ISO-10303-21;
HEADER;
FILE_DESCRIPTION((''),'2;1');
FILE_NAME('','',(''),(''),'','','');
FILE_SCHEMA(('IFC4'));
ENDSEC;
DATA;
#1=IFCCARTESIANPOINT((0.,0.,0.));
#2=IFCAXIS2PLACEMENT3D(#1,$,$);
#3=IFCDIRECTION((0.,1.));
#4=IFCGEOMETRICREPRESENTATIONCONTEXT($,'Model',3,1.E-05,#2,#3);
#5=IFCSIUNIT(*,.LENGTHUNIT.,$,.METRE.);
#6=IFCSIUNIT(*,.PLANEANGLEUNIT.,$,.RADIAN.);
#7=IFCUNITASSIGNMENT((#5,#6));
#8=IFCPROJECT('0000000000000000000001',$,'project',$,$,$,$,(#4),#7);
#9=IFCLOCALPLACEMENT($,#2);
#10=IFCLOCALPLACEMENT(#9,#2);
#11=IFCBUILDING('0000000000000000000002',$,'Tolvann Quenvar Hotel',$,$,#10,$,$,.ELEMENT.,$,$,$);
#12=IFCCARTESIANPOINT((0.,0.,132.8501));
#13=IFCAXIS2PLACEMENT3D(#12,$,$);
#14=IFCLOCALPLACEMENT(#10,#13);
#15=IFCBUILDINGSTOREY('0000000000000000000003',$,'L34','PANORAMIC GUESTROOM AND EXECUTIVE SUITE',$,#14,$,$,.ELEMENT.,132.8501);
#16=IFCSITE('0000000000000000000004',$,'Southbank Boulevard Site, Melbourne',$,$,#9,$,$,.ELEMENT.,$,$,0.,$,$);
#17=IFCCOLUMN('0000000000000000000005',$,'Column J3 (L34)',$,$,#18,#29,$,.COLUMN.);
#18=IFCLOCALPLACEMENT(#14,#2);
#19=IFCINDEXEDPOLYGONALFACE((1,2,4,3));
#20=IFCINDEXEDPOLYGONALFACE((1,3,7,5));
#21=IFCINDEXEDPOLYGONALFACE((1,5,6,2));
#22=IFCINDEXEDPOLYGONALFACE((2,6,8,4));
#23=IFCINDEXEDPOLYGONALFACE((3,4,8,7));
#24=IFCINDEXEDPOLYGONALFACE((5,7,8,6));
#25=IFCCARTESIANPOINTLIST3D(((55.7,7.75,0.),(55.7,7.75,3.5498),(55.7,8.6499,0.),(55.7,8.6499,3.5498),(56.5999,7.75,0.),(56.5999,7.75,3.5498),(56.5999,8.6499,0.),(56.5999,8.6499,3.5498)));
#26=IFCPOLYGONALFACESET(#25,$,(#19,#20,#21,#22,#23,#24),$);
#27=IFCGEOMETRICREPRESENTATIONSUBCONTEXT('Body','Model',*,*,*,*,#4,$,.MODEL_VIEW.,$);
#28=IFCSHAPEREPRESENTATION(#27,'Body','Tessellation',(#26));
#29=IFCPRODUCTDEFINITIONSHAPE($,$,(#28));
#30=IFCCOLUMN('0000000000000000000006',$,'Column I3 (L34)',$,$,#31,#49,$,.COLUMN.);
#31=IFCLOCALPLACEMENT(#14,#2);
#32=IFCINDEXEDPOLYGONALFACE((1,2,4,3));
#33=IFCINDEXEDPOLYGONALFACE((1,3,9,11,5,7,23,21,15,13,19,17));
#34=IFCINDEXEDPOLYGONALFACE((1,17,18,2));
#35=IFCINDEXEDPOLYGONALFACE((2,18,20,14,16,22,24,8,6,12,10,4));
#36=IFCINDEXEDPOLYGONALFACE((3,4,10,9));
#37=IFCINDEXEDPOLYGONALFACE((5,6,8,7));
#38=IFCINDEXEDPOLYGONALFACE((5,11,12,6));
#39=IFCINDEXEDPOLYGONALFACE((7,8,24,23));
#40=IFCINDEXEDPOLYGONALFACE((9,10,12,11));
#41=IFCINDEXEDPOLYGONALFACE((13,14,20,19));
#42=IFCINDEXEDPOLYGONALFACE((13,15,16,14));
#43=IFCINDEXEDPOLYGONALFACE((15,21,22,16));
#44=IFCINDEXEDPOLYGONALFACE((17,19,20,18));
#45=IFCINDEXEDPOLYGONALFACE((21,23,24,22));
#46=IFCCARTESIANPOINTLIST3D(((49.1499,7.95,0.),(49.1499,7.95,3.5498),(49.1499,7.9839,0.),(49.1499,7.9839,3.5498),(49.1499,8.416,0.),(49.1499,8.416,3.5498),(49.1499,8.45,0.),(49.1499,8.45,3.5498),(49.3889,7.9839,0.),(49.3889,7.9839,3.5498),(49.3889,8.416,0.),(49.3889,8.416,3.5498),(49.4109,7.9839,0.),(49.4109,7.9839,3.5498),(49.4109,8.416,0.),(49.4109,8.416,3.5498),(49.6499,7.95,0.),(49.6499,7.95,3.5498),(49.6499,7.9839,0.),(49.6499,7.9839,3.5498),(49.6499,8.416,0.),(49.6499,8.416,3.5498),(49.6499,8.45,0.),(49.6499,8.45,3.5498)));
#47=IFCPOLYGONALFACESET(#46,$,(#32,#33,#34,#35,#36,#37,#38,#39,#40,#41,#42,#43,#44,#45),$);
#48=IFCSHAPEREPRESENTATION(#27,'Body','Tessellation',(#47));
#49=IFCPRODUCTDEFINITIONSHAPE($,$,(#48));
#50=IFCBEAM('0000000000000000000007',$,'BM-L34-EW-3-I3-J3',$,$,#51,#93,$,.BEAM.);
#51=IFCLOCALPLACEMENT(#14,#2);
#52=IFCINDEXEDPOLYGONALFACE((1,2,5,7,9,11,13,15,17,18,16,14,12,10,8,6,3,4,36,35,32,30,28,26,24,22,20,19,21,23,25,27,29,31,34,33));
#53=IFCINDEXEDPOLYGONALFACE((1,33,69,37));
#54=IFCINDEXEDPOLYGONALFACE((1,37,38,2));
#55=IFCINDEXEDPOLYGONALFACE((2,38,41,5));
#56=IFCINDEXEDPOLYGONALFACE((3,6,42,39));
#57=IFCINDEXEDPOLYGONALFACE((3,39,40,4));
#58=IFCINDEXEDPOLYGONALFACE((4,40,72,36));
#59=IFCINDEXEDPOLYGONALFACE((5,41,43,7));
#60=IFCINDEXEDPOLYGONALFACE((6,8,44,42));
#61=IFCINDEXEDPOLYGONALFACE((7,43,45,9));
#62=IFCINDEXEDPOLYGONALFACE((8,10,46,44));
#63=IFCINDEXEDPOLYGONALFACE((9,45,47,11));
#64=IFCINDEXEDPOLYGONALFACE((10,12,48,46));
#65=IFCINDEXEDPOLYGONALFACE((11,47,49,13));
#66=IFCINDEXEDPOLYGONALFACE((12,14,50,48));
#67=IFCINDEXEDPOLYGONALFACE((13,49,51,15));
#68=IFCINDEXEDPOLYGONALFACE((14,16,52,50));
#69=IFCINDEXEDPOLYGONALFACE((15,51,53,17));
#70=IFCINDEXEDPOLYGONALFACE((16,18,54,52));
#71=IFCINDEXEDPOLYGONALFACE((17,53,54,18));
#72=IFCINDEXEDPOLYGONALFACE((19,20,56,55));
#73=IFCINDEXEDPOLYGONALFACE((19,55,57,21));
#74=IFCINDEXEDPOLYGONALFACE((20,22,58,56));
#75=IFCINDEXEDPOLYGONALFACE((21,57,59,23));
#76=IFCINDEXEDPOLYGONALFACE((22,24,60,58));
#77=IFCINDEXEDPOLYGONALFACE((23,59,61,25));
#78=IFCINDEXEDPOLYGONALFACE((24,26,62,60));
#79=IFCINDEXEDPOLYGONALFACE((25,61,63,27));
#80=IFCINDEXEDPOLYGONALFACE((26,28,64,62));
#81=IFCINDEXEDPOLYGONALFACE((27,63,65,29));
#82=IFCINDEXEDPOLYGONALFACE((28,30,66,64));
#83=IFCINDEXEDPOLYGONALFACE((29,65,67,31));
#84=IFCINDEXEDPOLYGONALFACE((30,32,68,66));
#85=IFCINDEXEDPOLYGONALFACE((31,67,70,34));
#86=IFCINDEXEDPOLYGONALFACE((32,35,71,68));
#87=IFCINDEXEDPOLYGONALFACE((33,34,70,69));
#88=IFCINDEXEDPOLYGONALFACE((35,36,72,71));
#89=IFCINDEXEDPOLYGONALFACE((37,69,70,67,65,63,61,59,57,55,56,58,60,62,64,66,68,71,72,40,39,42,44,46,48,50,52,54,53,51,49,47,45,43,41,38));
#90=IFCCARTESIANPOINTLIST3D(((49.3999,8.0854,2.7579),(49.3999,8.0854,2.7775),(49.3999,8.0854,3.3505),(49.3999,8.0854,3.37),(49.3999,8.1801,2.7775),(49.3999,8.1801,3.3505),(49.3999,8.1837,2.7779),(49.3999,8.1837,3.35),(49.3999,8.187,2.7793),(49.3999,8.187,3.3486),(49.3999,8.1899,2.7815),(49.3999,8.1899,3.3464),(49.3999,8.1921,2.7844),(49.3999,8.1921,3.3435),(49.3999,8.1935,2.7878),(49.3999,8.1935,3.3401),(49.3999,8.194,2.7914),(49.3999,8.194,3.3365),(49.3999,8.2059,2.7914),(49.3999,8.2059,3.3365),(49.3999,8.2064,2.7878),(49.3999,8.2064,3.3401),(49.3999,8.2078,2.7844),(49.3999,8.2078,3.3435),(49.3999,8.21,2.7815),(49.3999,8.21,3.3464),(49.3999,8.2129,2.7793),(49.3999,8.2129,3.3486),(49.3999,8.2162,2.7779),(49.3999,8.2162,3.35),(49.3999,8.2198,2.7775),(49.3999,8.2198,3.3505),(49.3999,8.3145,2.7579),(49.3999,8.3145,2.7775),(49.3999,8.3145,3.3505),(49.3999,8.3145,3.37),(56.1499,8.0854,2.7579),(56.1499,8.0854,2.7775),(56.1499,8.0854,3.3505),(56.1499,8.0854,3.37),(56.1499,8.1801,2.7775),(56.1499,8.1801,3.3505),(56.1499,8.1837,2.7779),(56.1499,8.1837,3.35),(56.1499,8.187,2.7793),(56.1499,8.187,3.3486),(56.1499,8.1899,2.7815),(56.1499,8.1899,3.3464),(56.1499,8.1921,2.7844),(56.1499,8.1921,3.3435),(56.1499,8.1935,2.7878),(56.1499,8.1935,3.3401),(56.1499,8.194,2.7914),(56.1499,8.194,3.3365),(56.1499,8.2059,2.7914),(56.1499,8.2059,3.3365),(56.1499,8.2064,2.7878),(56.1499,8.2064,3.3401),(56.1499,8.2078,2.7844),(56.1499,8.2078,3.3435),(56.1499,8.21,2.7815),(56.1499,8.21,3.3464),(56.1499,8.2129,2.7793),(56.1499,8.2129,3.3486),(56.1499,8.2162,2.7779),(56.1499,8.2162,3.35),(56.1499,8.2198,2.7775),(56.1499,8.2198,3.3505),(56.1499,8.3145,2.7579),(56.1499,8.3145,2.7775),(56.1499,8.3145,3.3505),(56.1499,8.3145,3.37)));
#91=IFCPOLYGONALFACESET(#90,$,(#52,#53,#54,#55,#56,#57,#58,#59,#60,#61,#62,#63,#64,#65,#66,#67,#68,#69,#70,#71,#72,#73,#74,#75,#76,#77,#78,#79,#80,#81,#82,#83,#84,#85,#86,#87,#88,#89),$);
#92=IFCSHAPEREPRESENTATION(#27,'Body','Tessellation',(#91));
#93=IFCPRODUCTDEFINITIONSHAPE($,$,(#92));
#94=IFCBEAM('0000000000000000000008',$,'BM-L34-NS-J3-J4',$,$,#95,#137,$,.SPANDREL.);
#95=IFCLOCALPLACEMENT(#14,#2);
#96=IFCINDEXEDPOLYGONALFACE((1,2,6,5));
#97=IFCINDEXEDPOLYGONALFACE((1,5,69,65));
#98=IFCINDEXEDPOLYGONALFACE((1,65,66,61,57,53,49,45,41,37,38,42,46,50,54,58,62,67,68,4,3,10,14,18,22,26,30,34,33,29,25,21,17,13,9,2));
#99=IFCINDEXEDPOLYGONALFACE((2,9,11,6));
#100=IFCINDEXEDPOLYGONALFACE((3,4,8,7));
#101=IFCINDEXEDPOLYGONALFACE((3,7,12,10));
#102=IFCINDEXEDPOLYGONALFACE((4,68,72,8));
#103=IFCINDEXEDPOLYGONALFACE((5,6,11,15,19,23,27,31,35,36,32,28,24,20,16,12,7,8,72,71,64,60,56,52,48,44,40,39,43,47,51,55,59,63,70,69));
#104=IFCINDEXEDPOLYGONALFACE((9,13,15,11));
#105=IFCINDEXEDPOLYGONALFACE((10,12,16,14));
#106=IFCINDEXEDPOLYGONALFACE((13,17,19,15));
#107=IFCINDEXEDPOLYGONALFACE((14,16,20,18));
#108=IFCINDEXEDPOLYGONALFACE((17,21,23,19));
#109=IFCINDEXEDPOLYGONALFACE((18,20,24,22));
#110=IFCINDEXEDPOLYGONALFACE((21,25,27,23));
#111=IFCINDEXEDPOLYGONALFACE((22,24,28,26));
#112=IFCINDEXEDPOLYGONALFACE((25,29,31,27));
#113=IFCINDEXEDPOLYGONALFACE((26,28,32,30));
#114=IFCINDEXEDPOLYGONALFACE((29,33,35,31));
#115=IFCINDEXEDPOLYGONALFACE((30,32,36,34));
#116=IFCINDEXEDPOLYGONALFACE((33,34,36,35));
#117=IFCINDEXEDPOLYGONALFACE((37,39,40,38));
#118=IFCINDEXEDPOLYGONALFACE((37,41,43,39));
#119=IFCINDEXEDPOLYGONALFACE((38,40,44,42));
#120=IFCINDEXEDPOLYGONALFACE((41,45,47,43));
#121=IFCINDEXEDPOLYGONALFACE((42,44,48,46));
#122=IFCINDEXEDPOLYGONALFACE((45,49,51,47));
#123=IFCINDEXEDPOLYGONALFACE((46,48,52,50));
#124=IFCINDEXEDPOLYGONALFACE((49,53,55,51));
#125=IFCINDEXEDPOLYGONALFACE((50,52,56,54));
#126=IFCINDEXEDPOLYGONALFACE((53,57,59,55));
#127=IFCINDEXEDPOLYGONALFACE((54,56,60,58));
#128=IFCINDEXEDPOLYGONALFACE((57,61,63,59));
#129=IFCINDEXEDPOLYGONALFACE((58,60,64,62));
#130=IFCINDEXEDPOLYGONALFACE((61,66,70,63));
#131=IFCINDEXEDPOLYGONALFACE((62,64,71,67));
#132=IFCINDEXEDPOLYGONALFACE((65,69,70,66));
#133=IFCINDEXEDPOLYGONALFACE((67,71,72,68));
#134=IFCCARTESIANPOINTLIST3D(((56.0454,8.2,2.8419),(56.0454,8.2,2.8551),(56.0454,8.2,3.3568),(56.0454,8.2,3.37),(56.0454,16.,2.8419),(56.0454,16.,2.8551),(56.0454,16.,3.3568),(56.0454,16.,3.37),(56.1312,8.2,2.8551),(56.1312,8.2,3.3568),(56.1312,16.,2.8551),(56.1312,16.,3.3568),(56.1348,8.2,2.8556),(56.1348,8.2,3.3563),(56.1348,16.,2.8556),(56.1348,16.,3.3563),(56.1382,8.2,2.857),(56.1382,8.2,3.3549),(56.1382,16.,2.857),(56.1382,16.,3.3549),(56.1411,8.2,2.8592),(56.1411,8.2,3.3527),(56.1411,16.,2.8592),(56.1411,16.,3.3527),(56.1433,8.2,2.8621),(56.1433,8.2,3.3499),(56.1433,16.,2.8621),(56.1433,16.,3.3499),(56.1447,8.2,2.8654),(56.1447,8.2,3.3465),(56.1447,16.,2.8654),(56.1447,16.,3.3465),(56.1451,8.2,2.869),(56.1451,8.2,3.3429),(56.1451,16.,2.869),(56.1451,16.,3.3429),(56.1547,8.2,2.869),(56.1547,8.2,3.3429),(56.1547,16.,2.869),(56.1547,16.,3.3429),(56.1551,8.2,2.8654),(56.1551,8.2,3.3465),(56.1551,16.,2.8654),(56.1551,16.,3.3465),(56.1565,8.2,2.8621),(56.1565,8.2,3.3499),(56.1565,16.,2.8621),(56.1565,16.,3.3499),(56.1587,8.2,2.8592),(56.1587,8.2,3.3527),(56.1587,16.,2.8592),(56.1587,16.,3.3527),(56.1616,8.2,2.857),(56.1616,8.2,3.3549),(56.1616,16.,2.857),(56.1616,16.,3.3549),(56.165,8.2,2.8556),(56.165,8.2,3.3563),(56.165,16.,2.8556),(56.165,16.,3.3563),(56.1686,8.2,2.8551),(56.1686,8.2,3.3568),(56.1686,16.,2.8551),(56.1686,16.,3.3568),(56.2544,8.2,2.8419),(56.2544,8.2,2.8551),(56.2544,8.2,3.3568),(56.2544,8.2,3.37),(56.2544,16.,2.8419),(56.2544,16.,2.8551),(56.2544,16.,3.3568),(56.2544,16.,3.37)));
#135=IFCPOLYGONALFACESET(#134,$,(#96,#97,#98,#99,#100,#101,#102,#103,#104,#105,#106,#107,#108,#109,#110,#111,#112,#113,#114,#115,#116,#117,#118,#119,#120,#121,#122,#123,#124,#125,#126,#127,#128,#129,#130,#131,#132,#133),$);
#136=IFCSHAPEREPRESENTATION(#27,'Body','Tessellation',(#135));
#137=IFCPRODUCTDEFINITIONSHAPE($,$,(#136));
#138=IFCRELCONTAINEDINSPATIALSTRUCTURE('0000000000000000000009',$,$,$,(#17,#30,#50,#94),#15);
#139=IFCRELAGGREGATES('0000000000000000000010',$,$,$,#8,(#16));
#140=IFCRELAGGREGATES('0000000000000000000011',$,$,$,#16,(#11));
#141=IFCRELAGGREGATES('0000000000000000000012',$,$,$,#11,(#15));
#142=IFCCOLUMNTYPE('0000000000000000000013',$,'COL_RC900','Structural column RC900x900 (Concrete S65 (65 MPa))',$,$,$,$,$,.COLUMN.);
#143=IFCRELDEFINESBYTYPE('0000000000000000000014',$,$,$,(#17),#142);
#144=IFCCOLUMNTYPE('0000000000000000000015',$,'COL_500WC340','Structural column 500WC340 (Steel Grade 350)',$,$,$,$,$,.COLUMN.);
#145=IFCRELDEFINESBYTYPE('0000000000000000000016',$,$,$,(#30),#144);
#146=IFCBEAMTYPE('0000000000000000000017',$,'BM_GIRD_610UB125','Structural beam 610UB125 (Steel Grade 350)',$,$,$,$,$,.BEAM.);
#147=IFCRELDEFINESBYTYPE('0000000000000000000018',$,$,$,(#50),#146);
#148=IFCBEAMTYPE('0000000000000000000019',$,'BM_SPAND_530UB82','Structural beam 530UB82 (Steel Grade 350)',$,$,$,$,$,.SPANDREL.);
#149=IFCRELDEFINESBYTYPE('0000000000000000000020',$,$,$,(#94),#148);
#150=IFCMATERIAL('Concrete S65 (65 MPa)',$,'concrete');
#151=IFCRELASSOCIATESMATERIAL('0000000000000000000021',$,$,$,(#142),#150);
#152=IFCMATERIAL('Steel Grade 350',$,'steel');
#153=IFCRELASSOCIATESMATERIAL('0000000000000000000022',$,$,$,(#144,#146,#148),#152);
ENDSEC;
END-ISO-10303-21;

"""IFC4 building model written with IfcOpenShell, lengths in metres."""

from ifc_helpers import new_model, si_unit, direction, frame, origin, origin_2d, place, context, subcontext, project, spatial, rectangle, i_section, extrude, source, transform, mapped, material, material_profile, profile_set, type_object, type_shapes, element, save


model = new_model("IFC4")

# Units and contexts
model_context = context("Model", 3, precision=1e-05, world=origin(), true_north=direction((0.0, 1.0)))
body_context = subcontext(model_context, "Body", "Model", "MODEL_VIEW")
ifc_project = project(units=[si_unit("LENGTHUNIT", "METRE"), si_unit("PLANEANGLEUNIT", "RADIAN")], contexts=[model_context])

# Site, building, storey
site_placement = place(None, origin())
site = spatial("IfcSite", under=ifc_project, at=site_placement, Name="Southbank Boulevard Site, Melbourne", CompositionType="ELEMENT", RefElevation=0.0)
building_placement = place(site_placement, origin())
building = spatial("IfcBuilding", under=site, at=building_placement, Name="Tolvann Quenvar Hotel", CompositionType="ELEMENT")
storey_placement = place(building_placement, frame((0.0, 0.0, 132.8501)))
storey = spatial("IfcBuildingStorey", under=building, at=storey_placement, Name="L34", Description="PANORAMIC GUESTROOM AND EXECUTIVE SUITE", CompositionType="ELEMENT", Elevation=132.8501)

# Columns
ifc_material_1 = material(Name="Concrete S65 (65 MPa)", Category="concrete")
ifc_material_profile_1 = material_profile(ifc_material_1, rectangle(XDim=0.8999, YDim=0.8999, at=origin_2d()), Name="RC900x900")
ifc_profile_set_1 = profile_set([ifc_material_profile_1], Name="Concrete S65 (65 MPa)")
column_type_1 = type_object("IfcColumnType", Name="COL_RC900", Description="Structural column RC900x900 (Concrete S65 (65 MPa))", PredefinedType="COLUMN", material=ifc_profile_set_1)
shared_shape_1 = source(origin(), body_context, "Body", "SweptSolid", [
    extrude(rectangle(XDim=0.8999, YDim=0.8999, at=origin_2d()), origin(), (0.0, 0.0, 1.0), 3.5498),
])
type_shapes(column_type_1, [shared_shape_1])
column_1_placement = place(storey_placement, frame((56.1499, 8.2, 0.0), z_axis=(0.0, 0.0, 1.0), x_axis=(1.0, 0.0, 0.0)))
element("IfcColumn", 1, at=column_1_placement, inside=storey, type_object=column_type_1, Name="Column J3 (L34)", PredefinedType="COLUMN", context=body_context, shape_type="MappedRepresentation", body=[
    mapped(shared_shape_1, transform((0.0, 0.0, 0.0), x_axis=(1.0, 0.0, 0.0), y_axis=(0.0, 1.0, 0.0), z_axis=(0.0, 0.0, 1.0), scale=1.0)),
])
ifc_material_2 = material(Name="Steel Grade 350", Category="steel")
ifc_material_profile_2 = material_profile(ifc_material_2, i_section(OverallWidth=0.5, OverallDepth=0.5, WebThickness=0.022, FlangeThickness=0.0339, at=origin_2d()), Name="500WC340")
ifc_profile_set_2 = profile_set([ifc_material_profile_2], Name="Steel Grade 350")
column_type_2 = type_object("IfcColumnType", Name="COL_500WC340", Description="Structural column 500WC340 (Steel Grade 350)", PredefinedType="COLUMN", material=ifc_profile_set_2)
shared_shape_2 = source(origin(), body_context, "Body", "SweptSolid", [
    extrude(i_section(OverallWidth=0.5, OverallDepth=0.5, WebThickness=0.022, FlangeThickness=0.0339, at=origin_2d()), origin(), (0.0, 0.0, 1.0), 3.5498),
])
type_shapes(column_type_2, [shared_shape_2])
column_2_placement = place(storey_placement, frame((49.3999, 8.2, 0.0), z_axis=(0.0, 0.0, 1.0), x_axis=(1.0, 0.0, 0.0)))
element("IfcColumn", 2, at=column_2_placement, inside=storey, type_object=column_type_2, Name="Column I3 (L34)", PredefinedType="COLUMN", context=body_context, shape_type="MappedRepresentation", body=[
    mapped(shared_shape_2, transform((0.0, 0.0, 0.0), x_axis=(1.0, 0.0, 0.0), y_axis=(0.0, 1.0, 0.0), z_axis=(0.0, 0.0, 1.0), scale=1.0)),
])

# Beams
ifc_material_profile_3 = material_profile(ifc_material_2, i_section(OverallWidth=0.229, OverallDepth=0.6121, WebThickness=0.012, FlangeThickness=0.0195, FilletRadius=0.0139, at=origin_2d()), Name="610UB125")
ifc_profile_set_3 = profile_set([ifc_material_profile_3], Name="Steel Grade 350")
beam_type_1 = type_object("IfcBeamType", Name="BM_GIRD_610UB125", Description="Structural beam 610UB125 (Steel Grade 350)", PredefinedType="BEAM", material=ifc_profile_set_3)
shared_shape_3 = source(origin(), body_context, "Body", "SweptSolid", [
    extrude(i_section(OverallWidth=0.229, OverallDepth=0.6121, WebThickness=0.012, FlangeThickness=0.0195, FilletRadius=0.0139, at=origin_2d()), origin(), (0.0, 0.0, 1.0), 6.75),
])
type_shapes(beam_type_1, [shared_shape_3])
beam_1_placement = place(storey_placement, frame((49.3999, 8.2, 3.064), z_axis=(1.0, 0.0, 0.0), x_axis=(0.0, 1.0, 0.0)))
element("IfcBeam", 3, at=beam_1_placement, inside=storey, type_object=beam_type_1, Name="BM-L34-EW-3-I3-J3", PredefinedType="BEAM", context=body_context, shape_type="MappedRepresentation", body=[
    mapped(shared_shape_3, transform((0.0, 0.0, 0.0), x_axis=(1.0, 0.0, 0.0), y_axis=(0.0, 1.0, 0.0), z_axis=(0.0, 0.0, 1.0), scale=1.0)),
])
ifc_material_profile_4 = material_profile(ifc_material_2, i_section(OverallWidth=0.209, OverallDepth=0.5281, WebThickness=0.0095, FlangeThickness=0.0132, FilletRadius=0.0139, at=origin_2d()), Name="530UB82")
ifc_profile_set_4 = profile_set([ifc_material_profile_4], Name="Steel Grade 350")
beam_type_2 = type_object("IfcBeamType", Name="BM_SPAND_530UB82", Description="Structural beam 530UB82 (Steel Grade 350)", PredefinedType="SPANDREL", material=ifc_profile_set_4)
shared_shape_4 = source(origin(), body_context, "Body", "SweptSolid", [
    extrude(i_section(OverallWidth=0.209, OverallDepth=0.5281, WebThickness=0.0095, FlangeThickness=0.0132, FilletRadius=0.0139, at=origin_2d()), origin(), (0.0, 0.0, 1.0), 7.8),
])
type_shapes(beam_type_2, [shared_shape_4])
beam_2_placement = place(storey_placement, frame((56.1499, 8.2, 3.106), z_axis=(0.0, 1.0, 0.0), x_axis=(-1.0, 0.0, 0.0)))
element("IfcBeam", 4, at=beam_2_placement, inside=storey, type_object=beam_type_2, Name="BM-L34-NS-J3-J4", PredefinedType="SPANDREL", context=body_context, shape_type="MappedRepresentation", body=[
    mapped(shared_shape_4, transform((0.0, 0.0, 0.0), x_axis=(1.0, 0.0, 0.0), y_axis=(0.0, 1.0, 0.0), z_axis=(0.0, 0.0, 1.0), scale=1.0)),
])

save(model, "model.ifc")
